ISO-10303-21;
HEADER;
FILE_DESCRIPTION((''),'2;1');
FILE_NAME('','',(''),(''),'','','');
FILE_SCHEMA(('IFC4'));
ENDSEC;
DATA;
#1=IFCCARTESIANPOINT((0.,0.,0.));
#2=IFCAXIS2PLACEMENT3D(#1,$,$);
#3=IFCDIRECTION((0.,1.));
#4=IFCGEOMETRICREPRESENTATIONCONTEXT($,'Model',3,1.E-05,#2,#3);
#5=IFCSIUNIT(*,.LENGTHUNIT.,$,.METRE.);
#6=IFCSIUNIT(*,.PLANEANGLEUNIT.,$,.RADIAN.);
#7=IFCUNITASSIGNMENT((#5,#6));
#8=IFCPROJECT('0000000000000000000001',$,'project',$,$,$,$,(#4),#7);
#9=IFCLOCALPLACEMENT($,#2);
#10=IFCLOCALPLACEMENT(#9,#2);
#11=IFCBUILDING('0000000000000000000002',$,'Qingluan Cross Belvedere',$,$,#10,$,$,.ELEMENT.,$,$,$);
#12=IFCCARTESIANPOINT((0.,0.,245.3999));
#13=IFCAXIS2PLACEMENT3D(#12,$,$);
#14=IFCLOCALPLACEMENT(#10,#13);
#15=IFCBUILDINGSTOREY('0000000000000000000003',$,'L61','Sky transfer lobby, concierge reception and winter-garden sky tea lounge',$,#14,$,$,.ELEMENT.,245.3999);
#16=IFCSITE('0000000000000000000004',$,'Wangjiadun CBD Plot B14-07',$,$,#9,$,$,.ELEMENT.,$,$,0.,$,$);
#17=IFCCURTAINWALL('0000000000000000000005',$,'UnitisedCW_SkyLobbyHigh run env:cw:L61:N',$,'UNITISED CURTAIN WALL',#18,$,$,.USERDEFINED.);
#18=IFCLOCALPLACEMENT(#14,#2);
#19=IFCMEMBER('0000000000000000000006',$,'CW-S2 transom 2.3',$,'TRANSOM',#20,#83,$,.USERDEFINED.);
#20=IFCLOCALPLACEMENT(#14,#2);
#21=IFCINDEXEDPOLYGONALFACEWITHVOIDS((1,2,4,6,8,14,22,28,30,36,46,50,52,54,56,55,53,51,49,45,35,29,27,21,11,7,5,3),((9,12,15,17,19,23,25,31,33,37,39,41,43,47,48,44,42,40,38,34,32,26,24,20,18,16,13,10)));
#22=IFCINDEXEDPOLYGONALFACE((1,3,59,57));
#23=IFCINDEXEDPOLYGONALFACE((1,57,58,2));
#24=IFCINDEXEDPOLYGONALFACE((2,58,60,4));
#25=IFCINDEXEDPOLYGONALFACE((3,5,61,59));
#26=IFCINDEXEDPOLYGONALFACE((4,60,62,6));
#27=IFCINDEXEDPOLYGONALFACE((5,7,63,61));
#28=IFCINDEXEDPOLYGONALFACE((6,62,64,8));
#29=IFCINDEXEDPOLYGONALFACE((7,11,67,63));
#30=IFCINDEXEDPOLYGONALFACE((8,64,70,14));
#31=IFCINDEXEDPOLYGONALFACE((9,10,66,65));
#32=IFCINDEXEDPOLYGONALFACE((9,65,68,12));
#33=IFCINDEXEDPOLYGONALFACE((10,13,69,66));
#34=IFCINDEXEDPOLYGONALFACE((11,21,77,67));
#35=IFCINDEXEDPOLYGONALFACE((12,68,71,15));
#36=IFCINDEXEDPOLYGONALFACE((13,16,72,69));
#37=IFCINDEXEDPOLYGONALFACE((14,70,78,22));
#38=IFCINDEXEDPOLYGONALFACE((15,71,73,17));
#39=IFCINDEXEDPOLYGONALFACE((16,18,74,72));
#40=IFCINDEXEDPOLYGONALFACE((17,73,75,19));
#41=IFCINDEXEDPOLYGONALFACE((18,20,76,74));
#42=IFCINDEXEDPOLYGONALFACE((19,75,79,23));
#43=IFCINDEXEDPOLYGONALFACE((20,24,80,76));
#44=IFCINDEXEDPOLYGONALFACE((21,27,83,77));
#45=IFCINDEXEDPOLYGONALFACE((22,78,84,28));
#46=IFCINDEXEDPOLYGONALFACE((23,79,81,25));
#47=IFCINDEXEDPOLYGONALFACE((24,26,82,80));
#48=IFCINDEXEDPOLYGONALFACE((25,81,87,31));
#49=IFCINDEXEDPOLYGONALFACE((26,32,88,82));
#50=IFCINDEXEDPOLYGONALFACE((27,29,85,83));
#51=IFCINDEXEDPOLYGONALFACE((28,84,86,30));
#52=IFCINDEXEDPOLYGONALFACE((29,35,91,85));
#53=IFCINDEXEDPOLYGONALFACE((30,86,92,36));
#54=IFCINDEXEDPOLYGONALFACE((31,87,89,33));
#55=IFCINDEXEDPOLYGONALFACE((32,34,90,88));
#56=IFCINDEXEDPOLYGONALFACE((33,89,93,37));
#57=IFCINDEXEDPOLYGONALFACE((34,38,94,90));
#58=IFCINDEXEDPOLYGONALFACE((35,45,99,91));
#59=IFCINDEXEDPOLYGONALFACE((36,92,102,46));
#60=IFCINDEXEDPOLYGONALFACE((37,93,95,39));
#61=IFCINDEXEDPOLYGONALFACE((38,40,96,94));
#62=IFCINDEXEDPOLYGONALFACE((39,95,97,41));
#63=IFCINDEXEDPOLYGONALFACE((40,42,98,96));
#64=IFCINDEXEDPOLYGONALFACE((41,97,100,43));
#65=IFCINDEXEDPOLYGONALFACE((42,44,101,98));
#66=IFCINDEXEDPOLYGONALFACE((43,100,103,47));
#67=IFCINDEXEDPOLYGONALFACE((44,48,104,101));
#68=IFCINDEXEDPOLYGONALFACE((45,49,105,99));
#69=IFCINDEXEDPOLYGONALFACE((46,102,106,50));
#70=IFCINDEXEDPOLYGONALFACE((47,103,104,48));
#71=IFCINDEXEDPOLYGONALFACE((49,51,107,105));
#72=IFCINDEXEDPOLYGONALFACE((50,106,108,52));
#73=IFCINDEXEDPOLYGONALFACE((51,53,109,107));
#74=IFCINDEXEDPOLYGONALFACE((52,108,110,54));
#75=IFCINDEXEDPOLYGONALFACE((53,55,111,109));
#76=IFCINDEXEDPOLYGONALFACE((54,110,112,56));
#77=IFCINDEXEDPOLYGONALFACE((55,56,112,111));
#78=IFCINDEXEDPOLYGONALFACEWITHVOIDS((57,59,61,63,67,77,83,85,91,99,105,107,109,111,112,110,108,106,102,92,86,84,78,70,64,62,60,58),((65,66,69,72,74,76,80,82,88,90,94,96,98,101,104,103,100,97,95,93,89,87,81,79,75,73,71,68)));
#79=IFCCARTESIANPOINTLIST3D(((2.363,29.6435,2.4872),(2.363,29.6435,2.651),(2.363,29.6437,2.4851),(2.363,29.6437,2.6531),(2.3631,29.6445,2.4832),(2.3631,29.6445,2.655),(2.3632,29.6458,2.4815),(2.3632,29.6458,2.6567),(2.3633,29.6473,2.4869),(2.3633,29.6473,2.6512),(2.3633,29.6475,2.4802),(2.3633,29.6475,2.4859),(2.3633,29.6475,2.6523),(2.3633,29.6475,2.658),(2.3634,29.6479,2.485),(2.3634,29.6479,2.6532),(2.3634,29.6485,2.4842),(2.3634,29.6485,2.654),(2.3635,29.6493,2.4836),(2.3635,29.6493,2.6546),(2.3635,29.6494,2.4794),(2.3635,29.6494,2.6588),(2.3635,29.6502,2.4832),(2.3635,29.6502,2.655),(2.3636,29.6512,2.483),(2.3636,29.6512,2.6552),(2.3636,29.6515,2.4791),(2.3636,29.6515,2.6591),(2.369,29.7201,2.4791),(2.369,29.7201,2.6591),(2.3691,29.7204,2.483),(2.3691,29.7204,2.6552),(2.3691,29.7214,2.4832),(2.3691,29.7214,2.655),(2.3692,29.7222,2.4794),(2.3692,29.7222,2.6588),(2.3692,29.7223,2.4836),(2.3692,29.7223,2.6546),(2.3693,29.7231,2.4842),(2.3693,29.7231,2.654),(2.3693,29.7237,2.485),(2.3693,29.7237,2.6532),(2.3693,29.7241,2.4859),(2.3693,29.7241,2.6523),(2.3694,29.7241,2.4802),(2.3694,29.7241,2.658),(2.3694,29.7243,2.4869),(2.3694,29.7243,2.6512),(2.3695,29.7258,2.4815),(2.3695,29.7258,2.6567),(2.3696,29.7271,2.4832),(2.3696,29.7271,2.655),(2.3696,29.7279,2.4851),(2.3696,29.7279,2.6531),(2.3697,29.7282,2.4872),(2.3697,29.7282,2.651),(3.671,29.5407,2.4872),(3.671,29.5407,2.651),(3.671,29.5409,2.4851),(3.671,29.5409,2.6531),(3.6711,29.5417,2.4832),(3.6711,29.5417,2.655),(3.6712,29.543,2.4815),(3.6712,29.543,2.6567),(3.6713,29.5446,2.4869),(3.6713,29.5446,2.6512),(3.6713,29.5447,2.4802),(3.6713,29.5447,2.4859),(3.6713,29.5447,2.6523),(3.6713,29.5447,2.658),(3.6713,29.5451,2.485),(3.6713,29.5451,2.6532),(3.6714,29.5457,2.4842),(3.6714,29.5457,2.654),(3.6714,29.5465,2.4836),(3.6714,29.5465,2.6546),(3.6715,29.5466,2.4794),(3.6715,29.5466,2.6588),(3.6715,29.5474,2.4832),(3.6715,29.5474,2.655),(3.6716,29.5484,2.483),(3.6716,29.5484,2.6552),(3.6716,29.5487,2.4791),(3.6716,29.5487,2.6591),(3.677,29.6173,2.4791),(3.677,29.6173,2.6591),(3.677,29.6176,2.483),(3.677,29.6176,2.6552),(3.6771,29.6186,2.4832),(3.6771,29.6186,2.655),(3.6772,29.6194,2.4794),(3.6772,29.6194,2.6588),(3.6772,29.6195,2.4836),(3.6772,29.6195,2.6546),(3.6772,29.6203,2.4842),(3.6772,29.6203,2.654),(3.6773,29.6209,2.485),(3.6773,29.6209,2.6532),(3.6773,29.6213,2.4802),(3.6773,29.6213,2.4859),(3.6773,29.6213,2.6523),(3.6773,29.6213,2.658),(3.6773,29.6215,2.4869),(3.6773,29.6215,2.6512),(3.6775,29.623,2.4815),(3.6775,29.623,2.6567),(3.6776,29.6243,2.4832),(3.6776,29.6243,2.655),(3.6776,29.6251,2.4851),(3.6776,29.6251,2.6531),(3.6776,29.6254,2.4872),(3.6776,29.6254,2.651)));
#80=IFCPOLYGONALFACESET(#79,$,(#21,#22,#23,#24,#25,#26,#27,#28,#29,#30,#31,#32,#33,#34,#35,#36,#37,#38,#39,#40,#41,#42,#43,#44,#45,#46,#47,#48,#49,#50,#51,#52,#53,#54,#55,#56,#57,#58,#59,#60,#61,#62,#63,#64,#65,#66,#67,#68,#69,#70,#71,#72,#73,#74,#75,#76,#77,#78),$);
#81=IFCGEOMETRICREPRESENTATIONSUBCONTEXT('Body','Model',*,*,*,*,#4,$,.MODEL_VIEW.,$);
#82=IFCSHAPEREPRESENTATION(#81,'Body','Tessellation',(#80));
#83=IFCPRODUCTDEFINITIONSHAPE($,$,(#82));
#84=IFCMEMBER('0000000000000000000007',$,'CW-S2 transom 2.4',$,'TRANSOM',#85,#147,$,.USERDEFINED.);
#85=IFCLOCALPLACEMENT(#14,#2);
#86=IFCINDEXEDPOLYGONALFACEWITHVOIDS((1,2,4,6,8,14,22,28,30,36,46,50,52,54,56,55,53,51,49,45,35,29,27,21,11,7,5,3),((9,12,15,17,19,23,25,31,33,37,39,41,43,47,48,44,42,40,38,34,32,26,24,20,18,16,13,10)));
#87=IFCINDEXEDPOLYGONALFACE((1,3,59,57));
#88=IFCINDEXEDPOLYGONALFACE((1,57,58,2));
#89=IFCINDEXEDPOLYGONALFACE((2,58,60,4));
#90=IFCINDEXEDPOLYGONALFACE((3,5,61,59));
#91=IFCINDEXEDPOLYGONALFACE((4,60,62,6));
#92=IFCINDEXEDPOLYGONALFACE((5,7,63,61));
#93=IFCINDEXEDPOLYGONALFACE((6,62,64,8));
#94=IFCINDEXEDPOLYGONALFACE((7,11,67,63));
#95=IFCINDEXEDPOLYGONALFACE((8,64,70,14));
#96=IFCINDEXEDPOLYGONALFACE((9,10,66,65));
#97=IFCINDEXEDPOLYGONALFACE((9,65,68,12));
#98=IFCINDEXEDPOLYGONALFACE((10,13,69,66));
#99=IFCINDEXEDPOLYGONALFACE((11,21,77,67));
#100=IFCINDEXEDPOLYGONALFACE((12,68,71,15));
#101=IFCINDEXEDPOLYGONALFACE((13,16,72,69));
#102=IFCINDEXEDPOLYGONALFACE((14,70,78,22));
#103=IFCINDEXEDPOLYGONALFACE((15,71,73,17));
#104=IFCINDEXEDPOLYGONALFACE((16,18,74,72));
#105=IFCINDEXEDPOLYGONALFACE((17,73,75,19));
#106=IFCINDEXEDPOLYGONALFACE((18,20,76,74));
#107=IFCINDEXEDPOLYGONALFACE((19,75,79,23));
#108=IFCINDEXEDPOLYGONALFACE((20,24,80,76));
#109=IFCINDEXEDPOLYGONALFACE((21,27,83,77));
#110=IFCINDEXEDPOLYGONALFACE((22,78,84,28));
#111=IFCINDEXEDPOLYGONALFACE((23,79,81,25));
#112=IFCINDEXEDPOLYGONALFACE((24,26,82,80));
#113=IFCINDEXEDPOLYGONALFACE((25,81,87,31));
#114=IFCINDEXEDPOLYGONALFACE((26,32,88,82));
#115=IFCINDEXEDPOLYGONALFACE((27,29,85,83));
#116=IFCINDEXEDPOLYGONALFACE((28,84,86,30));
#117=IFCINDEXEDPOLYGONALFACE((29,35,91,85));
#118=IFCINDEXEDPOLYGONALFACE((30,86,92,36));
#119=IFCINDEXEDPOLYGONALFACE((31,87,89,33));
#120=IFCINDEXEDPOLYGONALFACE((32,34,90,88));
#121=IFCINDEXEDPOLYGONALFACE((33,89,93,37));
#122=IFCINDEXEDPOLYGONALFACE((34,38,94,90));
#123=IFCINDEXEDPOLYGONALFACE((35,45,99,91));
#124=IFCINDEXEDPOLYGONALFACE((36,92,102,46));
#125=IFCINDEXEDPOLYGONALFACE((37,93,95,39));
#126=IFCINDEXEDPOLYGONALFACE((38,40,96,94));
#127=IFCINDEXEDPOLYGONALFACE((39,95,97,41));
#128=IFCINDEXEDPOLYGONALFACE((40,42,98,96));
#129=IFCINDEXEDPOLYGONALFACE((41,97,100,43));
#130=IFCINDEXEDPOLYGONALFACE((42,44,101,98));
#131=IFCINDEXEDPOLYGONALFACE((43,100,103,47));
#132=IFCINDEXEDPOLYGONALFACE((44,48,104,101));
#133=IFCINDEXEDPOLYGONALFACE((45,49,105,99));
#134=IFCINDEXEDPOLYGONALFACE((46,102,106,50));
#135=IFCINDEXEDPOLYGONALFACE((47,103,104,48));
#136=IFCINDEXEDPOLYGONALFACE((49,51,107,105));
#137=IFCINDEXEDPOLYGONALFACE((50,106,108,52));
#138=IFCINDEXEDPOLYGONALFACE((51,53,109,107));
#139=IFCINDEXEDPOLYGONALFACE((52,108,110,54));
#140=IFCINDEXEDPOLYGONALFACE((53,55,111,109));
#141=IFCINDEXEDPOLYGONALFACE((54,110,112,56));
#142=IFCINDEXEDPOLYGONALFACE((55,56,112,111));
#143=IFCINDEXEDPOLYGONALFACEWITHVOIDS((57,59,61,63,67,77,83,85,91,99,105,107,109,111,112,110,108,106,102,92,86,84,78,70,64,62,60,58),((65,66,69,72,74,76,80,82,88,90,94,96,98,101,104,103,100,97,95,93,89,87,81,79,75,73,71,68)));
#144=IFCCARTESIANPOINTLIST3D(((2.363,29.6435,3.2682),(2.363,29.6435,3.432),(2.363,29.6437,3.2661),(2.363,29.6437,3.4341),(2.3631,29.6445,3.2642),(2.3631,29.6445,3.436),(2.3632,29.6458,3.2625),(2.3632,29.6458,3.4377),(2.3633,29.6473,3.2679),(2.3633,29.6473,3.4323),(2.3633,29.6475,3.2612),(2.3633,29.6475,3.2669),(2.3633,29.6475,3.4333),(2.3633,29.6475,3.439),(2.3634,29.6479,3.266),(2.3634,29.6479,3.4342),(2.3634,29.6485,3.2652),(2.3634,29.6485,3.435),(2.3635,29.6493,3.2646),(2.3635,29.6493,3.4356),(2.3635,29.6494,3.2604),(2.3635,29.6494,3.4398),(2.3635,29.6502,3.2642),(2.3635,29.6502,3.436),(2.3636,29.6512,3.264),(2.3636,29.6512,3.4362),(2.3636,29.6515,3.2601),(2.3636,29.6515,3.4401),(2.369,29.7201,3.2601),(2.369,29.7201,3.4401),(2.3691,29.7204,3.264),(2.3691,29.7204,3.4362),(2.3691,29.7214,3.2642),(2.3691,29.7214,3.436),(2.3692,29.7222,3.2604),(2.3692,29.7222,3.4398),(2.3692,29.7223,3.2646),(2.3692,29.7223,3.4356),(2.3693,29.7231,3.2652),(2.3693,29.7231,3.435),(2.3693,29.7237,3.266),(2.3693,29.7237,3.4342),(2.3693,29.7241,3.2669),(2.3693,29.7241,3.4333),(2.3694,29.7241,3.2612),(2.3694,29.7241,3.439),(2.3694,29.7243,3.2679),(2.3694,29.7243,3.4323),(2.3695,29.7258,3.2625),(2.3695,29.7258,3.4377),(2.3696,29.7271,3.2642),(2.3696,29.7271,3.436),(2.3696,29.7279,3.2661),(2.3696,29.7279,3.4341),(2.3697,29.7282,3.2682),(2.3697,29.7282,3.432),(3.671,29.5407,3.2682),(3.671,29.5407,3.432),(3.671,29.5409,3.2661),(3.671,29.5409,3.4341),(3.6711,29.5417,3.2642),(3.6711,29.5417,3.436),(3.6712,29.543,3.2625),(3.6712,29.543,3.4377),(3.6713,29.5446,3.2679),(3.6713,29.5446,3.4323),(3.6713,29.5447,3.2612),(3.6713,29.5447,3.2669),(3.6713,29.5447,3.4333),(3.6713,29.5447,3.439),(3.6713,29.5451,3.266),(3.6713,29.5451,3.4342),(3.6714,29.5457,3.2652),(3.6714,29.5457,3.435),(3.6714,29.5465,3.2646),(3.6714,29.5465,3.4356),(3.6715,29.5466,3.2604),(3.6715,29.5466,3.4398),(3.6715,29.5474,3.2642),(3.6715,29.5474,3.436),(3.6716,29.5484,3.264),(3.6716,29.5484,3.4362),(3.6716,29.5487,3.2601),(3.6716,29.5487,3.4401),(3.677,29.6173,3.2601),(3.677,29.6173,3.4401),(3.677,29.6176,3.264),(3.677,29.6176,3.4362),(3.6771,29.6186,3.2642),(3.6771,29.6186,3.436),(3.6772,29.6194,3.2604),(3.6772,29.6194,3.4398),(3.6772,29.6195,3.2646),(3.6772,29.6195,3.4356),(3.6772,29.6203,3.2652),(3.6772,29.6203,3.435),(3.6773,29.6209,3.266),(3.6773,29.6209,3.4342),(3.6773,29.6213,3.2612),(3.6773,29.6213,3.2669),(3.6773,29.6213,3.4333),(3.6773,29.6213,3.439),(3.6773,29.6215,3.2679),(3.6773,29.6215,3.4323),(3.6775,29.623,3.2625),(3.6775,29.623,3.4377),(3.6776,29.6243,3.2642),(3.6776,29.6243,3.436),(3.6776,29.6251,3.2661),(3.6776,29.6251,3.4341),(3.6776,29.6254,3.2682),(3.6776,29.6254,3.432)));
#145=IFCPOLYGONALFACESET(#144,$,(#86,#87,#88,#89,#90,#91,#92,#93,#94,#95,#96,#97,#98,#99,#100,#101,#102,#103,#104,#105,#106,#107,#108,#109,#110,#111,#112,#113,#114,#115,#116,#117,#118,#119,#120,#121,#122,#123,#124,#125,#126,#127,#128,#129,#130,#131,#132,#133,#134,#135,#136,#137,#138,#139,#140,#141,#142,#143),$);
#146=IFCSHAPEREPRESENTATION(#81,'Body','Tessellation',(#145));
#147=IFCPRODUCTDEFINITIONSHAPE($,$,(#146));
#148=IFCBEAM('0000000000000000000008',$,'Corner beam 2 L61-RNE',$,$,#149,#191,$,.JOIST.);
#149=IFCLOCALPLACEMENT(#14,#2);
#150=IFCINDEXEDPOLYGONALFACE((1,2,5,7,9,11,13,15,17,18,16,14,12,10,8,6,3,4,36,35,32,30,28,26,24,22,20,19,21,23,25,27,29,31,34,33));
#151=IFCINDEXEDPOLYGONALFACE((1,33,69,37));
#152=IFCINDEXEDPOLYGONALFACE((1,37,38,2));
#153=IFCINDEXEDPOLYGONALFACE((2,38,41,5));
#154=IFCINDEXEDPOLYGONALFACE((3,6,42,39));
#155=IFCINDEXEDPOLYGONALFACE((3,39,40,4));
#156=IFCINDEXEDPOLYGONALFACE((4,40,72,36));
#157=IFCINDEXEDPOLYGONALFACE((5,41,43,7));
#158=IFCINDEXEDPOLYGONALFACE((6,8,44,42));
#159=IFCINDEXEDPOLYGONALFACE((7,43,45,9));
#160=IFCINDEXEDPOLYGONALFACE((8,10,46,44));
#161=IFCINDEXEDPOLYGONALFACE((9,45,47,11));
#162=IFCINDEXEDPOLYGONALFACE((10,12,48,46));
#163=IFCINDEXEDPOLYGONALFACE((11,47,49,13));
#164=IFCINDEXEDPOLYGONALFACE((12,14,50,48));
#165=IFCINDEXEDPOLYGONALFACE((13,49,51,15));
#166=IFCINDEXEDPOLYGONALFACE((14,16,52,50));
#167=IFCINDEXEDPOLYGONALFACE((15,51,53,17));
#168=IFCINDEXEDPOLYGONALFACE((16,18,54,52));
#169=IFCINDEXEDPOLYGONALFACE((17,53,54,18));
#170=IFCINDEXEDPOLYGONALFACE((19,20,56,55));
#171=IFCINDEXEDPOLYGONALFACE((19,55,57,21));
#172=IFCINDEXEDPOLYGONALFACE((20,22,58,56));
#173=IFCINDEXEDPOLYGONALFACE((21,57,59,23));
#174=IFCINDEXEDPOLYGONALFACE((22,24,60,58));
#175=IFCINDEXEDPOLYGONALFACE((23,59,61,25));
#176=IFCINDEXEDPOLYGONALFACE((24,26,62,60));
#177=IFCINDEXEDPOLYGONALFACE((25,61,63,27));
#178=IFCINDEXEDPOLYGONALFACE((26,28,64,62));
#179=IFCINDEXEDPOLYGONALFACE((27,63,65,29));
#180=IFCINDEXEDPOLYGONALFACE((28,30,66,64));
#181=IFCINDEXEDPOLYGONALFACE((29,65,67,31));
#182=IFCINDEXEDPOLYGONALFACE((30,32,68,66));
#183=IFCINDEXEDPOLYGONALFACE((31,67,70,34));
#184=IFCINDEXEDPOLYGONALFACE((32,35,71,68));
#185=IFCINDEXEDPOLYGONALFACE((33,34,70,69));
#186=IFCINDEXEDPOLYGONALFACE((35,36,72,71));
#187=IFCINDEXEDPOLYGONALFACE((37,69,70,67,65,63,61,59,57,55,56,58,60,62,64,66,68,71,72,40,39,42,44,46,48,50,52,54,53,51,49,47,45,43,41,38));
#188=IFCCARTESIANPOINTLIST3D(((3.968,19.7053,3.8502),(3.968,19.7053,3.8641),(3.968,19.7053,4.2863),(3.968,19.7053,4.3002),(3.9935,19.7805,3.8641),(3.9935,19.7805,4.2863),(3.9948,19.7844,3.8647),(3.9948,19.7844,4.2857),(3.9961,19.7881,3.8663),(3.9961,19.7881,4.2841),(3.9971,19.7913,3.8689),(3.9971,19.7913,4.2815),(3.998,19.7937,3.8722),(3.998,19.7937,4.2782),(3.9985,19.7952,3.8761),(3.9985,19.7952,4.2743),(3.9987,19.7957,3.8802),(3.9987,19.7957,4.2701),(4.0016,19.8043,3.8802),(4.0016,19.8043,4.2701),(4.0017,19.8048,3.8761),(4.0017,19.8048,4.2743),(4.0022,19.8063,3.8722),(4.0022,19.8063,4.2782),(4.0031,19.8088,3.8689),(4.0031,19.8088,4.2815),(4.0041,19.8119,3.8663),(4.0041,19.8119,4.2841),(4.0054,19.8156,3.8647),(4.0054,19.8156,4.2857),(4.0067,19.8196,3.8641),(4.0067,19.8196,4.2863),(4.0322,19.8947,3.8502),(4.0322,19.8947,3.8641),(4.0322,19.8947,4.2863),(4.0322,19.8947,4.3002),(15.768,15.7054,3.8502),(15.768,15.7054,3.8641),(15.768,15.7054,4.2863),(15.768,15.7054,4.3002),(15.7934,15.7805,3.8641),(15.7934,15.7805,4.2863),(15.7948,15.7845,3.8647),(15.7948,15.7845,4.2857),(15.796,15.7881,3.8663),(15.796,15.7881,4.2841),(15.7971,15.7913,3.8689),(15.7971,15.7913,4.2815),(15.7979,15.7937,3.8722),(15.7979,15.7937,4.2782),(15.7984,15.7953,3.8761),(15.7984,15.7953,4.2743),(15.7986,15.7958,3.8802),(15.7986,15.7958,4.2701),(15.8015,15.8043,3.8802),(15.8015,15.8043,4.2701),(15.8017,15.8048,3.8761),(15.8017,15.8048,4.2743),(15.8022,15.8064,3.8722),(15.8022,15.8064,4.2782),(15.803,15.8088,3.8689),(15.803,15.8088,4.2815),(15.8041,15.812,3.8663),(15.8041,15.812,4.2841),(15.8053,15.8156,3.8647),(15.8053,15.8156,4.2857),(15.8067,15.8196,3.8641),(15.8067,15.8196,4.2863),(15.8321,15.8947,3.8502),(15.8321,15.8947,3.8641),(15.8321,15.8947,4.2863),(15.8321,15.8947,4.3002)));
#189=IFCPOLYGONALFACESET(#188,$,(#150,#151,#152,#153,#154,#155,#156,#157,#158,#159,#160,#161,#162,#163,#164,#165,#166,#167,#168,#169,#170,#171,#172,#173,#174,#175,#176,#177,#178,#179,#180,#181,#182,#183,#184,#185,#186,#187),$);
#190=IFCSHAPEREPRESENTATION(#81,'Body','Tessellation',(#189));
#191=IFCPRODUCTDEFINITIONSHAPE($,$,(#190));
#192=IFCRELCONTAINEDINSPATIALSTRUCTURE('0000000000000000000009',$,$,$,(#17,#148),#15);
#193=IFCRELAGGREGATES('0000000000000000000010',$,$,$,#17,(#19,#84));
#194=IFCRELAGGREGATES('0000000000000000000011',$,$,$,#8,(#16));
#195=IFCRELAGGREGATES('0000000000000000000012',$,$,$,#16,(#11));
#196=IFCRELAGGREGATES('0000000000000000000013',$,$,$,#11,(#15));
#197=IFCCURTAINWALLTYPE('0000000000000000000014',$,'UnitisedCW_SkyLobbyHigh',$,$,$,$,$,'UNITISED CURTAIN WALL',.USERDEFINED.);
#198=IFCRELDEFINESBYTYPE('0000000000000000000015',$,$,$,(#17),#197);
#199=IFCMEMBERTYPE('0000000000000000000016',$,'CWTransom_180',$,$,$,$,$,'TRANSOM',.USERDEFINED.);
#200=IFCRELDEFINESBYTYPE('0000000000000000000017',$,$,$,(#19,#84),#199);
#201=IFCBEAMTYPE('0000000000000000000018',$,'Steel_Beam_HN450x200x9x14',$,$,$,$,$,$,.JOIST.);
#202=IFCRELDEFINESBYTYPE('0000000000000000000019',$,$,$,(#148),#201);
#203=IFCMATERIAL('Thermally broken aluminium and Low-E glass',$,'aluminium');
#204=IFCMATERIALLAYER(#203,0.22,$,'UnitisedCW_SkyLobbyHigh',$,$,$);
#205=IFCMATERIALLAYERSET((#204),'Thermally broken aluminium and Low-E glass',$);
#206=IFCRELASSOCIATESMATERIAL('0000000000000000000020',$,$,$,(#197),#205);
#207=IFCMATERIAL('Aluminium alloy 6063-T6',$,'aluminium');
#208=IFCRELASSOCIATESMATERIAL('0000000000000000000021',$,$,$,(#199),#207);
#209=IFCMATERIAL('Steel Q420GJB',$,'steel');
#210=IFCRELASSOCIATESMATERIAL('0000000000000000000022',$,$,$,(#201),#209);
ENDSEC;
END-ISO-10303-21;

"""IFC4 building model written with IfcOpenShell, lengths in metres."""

from ifc_helpers import new_model, si_unit, direction, frame, origin, origin_2d, place, context, subcontext, project, spatial, hollow_rectangle, i_section, extrude, material, layer, layer_set, material_profile, profile_set, type_object, element, aggregate, save


model = new_model("IFC4")

# Units and contexts
model_context = context("Model", 3, precision=1e-05, world=origin(), true_north=direction((0.0, 1.0)))
body_context = subcontext(model_context, "Body", "Model", "MODEL_VIEW")
ifc_project = project(units=[si_unit("LENGTHUNIT", "METRE"), si_unit("PLANEANGLEUNIT", "RADIAN")], contexts=[model_context])

# Site, building, storey
site_placement = place(None, origin())
site = spatial("IfcSite", under=ifc_project, at=site_placement, Name="Wangjiadun CBD Plot B14-07", CompositionType="ELEMENT", RefElevation=0.0)
building_placement = place(site_placement, origin())
building = spatial("IfcBuilding", under=site, at=building_placement, Name="Qingluan Cross Belvedere", CompositionType="ELEMENT")
storey_placement = place(building_placement, frame((0.0, 0.0, 245.3999)))
storey = spatial("IfcBuildingStorey", under=building, at=storey_placement, Name="L61", Description="Sky transfer lobby, concierge reception and winter-garden sky tea lounge", CompositionType="ELEMENT", Elevation=245.3999)

# Curtain wall, members
ifc_material_1 = material(Name="Thermally broken aluminium and Low-E glass", Category="aluminium")
ifc_layer_1 = layer(ifc_material_1, 0.22, Name="UnitisedCW_SkyLobbyHigh")
ifc_layer_set_1 = layer_set([ifc_layer_1], Name="Thermally broken aluminium and Low-E glass")
curtain_wall_type = type_object("IfcCurtainWallType", Name="UnitisedCW_SkyLobbyHigh", ElementType="UNITISED CURTAIN WALL", PredefinedType="USERDEFINED", material=ifc_layer_set_1)
curtain_wall_placement = place(storey_placement, origin())
curtain_wall = element("IfcCurtainWall", 1, at=curtain_wall_placement, inside=storey, type_object=curtain_wall_type, Name="UnitisedCW_SkyLobbyHigh run env:cw:L61:N", ObjectType="UNITISED CURTAIN WALL", PredefinedType="USERDEFINED")
ifc_material_2 = material(Name="Aluminium alloy 6063-T6", Category="aluminium")
ifc_material_profile_1 = material_profile(ifc_material_2, hollow_rectangle(XDim=0.085, YDim=0.1799, WallThickness=0.0039, InnerFilletRadius=0.0039, OuterFilletRadius=0.0081, at=origin_2d()), Name="CWT180x85x4")
ifc_profile_set_1 = profile_set([ifc_material_profile_1], Name="Aluminium alloy 6063-T6")
member_type_1 = type_object("IfcMemberType", Name="CWTransom_180", ElementType="TRANSOM", PredefinedType="USERDEFINED", material=ifc_profile_set_1)
member_1_placement = place(storey_placement, frame((3.6743, 29.583, 2.5691), z_axis=(-0.996926, 0.078347, 0.0), x_axis=(-0.078347, -0.996926, 0.0)))
member_1 = element("IfcMember", 2, at=member_1_placement, type_object=member_type_1, Name="CW-S2 transom 2.3", ObjectType="TRANSOM", PredefinedType="USERDEFINED", context=body_context, shape_type="SweptSolid", body=[
    extrude(hollow_rectangle(XDim=0.085, YDim=0.1799, WallThickness=0.0039, InnerFilletRadius=0.0039, OuterFilletRadius=0.0081, at=origin_2d()), origin(), (0.0, 0.0, 1.0), 1.312),
])
member_2_placement = place(storey_placement, frame((3.6743, 29.583, 3.3501), z_axis=(-0.996926, 0.078347, 0.0), x_axis=(-0.078347, -0.996926, 0.0)))
member_2 = element("IfcMember", 3, at=member_2_placement, type_object=member_type_1, Name="CW-S2 transom 2.4", ObjectType="TRANSOM", PredefinedType="USERDEFINED", context=body_context, shape_type="SweptSolid", body=[
    extrude(hollow_rectangle(XDim=0.085, YDim=0.1799, WallThickness=0.0039, InnerFilletRadius=0.0039, OuterFilletRadius=0.0081, at=origin_2d()), origin(), (0.0, 0.0, 1.0), 1.312),
])

# Beam
ifc_material_3 = material(Name="Steel Q420GJB", Category="steel")
ifc_material_profile_2 = material_profile(ifc_material_3, i_section(OverallWidth=0.2, OverallDepth=0.45, WebThickness=0.009, FlangeThickness=0.0139, FilletRadius=0.0161, at=origin_2d()), Name="HN450x200x9x14")
ifc_profile_set_2 = profile_set([ifc_material_profile_2], Name="Steel Q420GJB")
beam_type = type_object("IfcBeamType", Name="Steel_Beam_HN450x200x9x14", PredefinedType="JOIST", material=ifc_profile_set_2)
for number, where, z_axis, x_axis, name in (
    (4, (15.8, 15.8, 4.0752), (-0.947066, 0.321038, 0.0), (-0.321038, -0.947066, 0.0), "Corner beam 2 L61-RNE"),
):
    element("IfcBeam", number, at=place(storey_placement, frame(where, z_axis=z_axis, x_axis=x_axis)), inside=storey, type_object=beam_type, Name=name, PredefinedType="JOIST", context=body_context, shape_type="SweptSolid", body=[
        extrude(i_section(OverallWidth=0.2, OverallDepth=0.45, WebThickness=0.009, FlangeThickness=0.0139, FilletRadius=0.0161, at=origin_2d()), origin(), (0.0, 0.0, 1.0), 12.4595),
    ])

aggregate(curtain_wall, [member_1, member_2])

save(model, "model.ifc")
